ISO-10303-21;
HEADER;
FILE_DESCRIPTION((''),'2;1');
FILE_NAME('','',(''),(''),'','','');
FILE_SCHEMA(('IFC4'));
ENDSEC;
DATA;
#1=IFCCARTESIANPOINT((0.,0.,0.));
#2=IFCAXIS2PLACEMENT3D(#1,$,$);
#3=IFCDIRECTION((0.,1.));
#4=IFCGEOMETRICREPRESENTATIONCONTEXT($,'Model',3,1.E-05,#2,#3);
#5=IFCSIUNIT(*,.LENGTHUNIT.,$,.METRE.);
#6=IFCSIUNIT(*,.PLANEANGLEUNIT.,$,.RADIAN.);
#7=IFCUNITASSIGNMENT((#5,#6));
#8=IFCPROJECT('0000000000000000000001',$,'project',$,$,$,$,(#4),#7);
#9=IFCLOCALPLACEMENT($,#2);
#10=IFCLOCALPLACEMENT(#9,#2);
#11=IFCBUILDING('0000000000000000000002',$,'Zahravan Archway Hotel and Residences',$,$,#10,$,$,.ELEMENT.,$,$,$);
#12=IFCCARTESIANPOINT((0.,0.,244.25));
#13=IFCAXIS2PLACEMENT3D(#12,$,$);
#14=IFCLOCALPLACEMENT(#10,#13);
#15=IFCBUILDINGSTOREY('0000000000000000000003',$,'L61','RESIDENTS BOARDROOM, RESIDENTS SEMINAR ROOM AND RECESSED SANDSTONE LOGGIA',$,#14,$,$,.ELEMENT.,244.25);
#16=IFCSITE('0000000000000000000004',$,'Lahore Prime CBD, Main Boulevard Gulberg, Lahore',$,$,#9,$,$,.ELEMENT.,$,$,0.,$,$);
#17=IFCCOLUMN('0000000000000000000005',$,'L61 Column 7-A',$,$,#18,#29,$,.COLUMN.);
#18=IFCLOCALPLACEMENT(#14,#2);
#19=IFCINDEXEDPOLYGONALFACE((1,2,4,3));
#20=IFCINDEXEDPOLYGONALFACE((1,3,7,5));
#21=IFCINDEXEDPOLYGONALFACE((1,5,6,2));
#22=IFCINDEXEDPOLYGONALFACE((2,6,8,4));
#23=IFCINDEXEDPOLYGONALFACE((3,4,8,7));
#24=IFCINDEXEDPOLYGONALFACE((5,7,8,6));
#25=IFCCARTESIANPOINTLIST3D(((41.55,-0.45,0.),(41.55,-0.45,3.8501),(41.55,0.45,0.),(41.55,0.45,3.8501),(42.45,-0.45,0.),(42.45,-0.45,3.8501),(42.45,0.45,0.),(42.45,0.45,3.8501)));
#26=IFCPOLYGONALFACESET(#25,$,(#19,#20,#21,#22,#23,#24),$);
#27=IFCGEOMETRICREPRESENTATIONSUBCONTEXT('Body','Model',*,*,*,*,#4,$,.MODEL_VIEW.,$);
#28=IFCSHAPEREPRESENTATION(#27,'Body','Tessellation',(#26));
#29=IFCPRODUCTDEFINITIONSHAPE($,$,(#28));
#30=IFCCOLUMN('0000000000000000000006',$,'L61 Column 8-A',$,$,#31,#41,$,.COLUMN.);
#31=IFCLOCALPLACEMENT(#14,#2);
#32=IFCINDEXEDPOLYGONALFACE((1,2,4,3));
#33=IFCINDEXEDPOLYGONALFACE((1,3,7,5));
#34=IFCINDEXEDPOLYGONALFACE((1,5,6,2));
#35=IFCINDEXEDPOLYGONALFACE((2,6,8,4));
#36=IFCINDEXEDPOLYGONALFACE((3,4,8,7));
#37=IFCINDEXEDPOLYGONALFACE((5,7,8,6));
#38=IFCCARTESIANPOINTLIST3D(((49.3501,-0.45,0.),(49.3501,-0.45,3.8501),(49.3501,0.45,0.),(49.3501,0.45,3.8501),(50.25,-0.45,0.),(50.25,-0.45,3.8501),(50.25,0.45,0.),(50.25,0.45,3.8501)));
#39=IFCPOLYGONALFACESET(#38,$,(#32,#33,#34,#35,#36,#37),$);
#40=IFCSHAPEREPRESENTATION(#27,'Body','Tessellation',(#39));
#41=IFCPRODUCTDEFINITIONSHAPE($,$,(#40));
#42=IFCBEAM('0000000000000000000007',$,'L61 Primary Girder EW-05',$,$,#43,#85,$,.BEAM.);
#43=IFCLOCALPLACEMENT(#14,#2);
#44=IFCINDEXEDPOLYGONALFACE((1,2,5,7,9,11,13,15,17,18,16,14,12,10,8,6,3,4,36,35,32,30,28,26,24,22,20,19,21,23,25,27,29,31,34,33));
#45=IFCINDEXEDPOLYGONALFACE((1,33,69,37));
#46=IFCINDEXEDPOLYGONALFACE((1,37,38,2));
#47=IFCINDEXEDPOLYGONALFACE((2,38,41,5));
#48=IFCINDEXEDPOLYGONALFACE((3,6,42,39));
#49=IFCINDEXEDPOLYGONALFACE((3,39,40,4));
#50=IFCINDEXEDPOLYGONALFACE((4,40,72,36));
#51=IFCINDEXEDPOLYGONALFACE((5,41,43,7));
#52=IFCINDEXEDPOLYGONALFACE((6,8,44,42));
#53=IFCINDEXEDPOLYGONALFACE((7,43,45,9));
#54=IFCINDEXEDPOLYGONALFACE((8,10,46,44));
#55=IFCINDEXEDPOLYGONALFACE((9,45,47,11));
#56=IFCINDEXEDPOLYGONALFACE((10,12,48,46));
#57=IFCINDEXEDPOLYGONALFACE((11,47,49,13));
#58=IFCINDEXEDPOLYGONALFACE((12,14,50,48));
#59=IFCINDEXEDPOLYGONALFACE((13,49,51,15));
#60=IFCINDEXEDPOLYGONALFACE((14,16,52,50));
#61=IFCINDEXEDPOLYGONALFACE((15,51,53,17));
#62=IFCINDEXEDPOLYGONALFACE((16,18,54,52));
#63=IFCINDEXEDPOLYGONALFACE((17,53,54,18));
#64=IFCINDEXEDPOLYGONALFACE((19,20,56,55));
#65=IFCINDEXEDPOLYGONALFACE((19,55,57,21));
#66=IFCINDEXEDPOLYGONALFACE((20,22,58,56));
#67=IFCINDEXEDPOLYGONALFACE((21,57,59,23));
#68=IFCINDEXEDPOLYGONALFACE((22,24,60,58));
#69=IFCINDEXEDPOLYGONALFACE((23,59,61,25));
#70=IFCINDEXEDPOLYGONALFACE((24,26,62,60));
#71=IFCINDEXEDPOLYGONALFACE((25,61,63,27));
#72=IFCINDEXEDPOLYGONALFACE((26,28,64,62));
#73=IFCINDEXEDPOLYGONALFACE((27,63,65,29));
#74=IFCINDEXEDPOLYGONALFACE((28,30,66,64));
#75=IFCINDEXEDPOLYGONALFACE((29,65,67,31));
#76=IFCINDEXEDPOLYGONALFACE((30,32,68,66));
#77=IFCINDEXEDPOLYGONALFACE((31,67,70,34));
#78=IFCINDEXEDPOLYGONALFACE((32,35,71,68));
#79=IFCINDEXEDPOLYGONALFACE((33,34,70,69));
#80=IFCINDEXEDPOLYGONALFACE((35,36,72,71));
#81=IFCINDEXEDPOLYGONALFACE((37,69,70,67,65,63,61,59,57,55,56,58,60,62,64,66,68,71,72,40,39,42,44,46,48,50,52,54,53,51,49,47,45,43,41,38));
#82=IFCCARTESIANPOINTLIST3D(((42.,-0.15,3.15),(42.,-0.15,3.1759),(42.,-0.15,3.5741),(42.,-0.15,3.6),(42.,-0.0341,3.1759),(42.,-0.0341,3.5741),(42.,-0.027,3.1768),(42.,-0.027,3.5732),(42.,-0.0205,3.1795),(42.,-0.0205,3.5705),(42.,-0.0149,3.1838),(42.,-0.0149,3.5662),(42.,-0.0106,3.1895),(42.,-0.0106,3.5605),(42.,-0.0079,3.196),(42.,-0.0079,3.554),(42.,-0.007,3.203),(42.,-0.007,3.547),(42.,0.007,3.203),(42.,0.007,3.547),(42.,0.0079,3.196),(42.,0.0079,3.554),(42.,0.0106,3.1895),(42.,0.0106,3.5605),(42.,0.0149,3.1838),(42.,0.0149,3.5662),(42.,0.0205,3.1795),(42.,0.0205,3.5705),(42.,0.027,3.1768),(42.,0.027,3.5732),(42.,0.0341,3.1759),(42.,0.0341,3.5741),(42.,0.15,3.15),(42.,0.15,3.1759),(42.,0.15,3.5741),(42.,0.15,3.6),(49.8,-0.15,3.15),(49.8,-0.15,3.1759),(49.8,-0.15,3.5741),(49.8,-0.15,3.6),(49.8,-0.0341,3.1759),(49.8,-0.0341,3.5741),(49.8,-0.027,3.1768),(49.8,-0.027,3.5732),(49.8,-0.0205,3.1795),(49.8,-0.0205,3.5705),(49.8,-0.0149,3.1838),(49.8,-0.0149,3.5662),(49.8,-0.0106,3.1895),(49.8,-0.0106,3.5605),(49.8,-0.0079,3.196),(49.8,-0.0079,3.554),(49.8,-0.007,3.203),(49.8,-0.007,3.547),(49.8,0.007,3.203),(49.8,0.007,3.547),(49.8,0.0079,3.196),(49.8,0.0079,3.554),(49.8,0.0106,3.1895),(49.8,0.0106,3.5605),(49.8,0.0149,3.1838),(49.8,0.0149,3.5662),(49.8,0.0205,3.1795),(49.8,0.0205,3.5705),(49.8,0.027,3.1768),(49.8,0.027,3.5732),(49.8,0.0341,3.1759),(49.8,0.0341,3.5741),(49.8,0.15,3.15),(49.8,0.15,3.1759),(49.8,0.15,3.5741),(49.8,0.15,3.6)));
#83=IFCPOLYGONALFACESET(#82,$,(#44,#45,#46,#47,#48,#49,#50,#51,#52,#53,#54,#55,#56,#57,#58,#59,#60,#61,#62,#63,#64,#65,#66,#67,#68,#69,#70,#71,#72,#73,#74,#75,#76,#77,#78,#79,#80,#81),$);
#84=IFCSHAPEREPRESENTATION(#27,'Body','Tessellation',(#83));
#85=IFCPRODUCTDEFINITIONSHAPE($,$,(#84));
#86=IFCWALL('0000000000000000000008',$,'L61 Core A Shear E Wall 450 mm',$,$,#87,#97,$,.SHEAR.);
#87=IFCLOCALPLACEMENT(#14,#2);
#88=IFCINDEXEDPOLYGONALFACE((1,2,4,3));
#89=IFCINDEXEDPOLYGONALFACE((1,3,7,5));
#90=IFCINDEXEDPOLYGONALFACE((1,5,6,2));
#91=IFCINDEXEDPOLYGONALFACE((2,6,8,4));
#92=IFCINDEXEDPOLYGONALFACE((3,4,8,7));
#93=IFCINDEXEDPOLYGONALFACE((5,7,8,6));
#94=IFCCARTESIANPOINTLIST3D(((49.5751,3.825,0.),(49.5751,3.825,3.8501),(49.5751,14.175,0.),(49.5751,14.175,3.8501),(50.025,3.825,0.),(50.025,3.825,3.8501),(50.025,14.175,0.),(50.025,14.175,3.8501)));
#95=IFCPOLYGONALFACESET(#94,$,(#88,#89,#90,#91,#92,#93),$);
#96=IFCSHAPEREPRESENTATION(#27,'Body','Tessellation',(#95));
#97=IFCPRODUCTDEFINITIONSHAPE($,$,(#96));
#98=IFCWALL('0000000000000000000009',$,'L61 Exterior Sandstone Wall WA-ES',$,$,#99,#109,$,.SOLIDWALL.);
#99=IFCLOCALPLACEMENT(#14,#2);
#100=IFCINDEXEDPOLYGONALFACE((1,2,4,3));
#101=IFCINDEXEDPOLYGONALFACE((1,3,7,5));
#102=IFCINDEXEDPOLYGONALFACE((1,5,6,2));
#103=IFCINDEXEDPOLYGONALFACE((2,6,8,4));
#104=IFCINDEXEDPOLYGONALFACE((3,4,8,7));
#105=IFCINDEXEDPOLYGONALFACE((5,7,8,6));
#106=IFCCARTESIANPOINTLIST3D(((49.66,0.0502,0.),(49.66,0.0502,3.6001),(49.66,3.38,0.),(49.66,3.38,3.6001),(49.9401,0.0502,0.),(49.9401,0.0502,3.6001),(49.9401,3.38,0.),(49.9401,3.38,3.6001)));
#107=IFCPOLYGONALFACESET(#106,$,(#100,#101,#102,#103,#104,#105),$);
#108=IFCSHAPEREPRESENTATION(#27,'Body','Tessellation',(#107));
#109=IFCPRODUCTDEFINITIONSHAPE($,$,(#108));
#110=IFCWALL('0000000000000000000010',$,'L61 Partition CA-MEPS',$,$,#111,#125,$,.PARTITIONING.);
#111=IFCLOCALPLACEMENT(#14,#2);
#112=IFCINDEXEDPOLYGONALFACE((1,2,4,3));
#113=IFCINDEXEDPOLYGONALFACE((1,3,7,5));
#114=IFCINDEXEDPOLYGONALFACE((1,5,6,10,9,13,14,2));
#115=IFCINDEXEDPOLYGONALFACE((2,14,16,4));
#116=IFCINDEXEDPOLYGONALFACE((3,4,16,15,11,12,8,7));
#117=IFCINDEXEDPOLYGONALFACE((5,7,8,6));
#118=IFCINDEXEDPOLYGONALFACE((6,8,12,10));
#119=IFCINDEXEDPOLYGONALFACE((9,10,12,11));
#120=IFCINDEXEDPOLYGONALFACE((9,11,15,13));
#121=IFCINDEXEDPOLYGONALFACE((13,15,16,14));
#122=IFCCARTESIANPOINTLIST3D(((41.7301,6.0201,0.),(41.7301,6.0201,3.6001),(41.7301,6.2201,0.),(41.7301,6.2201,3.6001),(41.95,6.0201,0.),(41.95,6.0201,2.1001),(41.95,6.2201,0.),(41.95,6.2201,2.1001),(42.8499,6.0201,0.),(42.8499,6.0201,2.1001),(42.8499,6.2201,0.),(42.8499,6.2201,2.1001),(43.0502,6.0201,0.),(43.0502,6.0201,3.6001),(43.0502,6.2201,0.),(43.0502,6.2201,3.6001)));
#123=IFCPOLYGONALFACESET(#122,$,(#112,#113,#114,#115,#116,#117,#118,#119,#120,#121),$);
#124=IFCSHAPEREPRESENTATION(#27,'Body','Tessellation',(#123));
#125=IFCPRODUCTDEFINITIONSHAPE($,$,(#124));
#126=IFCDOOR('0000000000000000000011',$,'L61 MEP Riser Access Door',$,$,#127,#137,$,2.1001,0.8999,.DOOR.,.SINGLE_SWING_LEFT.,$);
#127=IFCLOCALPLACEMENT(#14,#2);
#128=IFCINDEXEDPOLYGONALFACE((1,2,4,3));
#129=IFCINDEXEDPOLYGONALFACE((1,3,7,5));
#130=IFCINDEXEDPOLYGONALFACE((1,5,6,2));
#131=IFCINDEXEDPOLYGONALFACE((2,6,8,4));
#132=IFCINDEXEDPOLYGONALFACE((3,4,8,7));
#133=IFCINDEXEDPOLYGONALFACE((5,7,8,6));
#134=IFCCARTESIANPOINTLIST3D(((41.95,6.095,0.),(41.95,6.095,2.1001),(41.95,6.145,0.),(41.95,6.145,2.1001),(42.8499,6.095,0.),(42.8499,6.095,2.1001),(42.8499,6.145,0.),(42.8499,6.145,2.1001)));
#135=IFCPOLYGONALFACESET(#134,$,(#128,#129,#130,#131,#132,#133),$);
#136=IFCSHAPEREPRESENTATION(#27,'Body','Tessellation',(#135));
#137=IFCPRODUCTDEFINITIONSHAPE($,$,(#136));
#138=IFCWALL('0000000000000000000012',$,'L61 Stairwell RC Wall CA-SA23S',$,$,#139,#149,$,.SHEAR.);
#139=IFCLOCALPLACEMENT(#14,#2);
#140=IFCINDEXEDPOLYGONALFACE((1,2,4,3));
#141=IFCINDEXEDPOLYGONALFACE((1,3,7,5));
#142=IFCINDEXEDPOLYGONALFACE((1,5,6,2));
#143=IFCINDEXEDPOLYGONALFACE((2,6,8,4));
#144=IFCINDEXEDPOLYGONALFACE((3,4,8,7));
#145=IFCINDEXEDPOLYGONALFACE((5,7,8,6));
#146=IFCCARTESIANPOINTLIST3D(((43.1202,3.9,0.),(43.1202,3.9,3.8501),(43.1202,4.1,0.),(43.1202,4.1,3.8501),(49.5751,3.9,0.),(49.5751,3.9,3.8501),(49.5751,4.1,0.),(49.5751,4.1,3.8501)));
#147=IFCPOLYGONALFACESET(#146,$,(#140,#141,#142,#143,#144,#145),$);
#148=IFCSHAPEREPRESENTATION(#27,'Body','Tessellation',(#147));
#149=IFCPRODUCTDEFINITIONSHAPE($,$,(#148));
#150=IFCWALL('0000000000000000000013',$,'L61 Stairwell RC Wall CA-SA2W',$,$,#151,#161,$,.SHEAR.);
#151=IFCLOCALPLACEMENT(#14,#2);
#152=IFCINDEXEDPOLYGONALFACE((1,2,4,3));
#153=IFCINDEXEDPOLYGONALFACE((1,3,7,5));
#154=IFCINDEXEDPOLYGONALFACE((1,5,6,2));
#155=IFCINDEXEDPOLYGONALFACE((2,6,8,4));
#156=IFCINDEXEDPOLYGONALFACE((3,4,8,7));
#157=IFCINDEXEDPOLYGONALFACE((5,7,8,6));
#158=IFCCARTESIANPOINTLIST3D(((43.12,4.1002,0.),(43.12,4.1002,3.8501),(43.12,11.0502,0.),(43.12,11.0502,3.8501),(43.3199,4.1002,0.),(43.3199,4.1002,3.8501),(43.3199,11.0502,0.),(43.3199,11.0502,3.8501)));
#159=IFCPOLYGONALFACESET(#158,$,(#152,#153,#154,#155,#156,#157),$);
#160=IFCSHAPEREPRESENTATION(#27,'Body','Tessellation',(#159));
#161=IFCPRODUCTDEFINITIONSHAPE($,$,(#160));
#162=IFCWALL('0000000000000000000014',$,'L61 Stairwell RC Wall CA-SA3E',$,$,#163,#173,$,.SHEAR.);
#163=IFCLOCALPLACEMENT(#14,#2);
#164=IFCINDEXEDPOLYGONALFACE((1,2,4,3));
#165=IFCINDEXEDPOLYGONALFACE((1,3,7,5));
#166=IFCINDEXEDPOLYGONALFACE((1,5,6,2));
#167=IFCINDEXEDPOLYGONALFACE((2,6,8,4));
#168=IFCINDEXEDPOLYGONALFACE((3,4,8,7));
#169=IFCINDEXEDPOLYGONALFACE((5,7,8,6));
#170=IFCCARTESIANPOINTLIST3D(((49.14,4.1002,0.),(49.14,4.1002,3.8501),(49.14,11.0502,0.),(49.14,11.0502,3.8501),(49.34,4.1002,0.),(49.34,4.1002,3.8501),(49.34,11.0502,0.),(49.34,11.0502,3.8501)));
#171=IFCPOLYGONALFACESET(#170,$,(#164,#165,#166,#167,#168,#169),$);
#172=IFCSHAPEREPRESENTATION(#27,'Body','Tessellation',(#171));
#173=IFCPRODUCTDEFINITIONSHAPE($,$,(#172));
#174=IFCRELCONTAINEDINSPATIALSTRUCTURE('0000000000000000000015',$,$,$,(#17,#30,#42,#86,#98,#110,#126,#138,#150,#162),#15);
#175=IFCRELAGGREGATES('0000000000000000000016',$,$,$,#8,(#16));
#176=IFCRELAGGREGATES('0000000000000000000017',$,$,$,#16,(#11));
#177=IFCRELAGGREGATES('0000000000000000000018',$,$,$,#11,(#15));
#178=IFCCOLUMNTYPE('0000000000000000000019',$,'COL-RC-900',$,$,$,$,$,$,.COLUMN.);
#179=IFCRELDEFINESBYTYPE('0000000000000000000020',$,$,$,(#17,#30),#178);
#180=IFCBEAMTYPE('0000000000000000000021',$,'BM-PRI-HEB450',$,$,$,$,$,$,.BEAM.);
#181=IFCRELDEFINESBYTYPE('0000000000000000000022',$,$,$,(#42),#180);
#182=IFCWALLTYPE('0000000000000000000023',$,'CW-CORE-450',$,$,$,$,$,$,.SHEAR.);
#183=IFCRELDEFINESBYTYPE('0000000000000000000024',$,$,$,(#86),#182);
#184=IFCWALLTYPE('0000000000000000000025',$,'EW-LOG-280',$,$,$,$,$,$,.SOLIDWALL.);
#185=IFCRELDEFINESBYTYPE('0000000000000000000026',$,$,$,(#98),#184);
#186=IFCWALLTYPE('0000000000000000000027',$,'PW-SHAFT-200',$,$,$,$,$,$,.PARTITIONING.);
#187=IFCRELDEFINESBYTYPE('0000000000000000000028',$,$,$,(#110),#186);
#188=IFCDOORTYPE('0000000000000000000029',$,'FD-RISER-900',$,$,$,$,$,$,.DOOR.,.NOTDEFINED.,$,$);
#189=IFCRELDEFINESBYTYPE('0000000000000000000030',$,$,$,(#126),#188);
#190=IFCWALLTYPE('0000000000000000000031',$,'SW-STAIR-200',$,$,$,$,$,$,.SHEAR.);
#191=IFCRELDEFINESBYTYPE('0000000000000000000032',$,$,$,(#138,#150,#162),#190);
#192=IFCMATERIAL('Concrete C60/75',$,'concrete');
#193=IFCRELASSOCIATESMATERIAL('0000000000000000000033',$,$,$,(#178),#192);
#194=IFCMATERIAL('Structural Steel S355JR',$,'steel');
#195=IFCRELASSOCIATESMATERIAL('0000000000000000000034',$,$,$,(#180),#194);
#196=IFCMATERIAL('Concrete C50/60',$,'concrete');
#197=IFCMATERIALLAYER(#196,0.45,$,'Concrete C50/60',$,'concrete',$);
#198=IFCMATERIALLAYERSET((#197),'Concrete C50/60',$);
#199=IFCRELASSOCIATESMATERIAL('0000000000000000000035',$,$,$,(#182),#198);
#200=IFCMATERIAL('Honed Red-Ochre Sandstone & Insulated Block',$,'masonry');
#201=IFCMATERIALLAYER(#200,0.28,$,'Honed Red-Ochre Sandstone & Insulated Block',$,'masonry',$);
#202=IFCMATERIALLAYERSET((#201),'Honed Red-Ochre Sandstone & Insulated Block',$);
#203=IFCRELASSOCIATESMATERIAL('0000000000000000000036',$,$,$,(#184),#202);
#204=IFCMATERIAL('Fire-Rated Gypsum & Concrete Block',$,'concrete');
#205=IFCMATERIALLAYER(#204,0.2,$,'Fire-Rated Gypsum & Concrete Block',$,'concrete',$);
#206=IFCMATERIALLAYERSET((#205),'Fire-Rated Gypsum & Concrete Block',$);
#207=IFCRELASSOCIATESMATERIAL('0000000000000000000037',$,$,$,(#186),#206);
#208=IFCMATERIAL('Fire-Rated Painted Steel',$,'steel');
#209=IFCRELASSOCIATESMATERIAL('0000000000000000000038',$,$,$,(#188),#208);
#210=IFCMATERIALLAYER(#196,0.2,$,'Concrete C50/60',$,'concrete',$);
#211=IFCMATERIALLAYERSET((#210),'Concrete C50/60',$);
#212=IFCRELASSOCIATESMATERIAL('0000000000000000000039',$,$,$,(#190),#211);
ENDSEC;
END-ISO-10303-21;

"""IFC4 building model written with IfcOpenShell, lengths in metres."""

from ifc_helpers import new_model, si_unit, direction, frame, frame_2d, origin, origin_2d, place, context, subcontext, project, spatial, rectangle, i_section, extrude, source, transform, mapped, material, layer, layer_set, material_profile, profile_set, type_object, type_shapes, element, fill, save


model = new_model("IFC4")

# Units and contexts
model_context = context("Model", 3, precision=1e-05, world=origin(), true_north=direction((0.0, 1.0)))
body_context = subcontext(model_context, "Body", "Model", "MODEL_VIEW")
ifc_project = project(units=[si_unit("LENGTHUNIT", "METRE"), si_unit("PLANEANGLEUNIT", "RADIAN")], contexts=[model_context])

# Site, building, storey
site_placement = place(None, origin())
site = spatial("IfcSite", under=ifc_project, at=site_placement, Name="Lahore Prime CBD, Main Boulevard Gulberg, Lahore", CompositionType="ELEMENT", RefElevation=0.0)
building_placement = place(site_placement, origin())
building = spatial("IfcBuilding", under=site, at=building_placement, Name="Zahravan Archway Hotel and Residences", CompositionType="ELEMENT")
storey_placement = place(building_placement, frame((0.0, 0.0, 244.25)))
storey = spatial("IfcBuildingStorey", under=building, at=storey_placement, Name="L61", Description="RESIDENTS BOARDROOM, RESIDENTS SEMINAR ROOM AND RECESSED SANDSTONE LOGGIA", CompositionType="ELEMENT", Elevation=244.25)

# Columns
ifc_material_1 = material(Name="Concrete C60/75", Category="concrete")
ifc_material_profile_1 = material_profile(ifc_material_1, rectangle(XDim=0.8999, YDim=0.8999, at=origin_2d()), Name="RC-COL-900x900", Category="concrete")
ifc_profile_set_1 = profile_set([ifc_material_profile_1], Name="Concrete C60/75")
column_type = type_object("IfcColumnType", Name="COL-RC-900", PredefinedType="COLUMN", material=ifc_profile_set_1)
shared_shape_1 = source(origin(), body_context, "Body", "SweptSolid", [
    extrude(rectangle(XDim=0.8999, YDim=0.8999, at=origin_2d()), origin(), (0.0, 0.0, 1.0), 3.8501),
])
type_shapes(column_type, [shared_shape_1])
for number, where, z_axis, x_axis, name in (
    (1, (42.0, 0.0, 0.0), (0.0, 0.0, 1.0), (1.0, 0.0, 0.0), "L61 Column 7-A"),
    (2, (49.8, 0.0, 0.0), (0.0, 0.0, 1.0), (1.0, 0.0, 0.0), "L61 Column 8-A"),
):
    element("IfcColumn", number, at=place(storey_placement, frame(where, z_axis=z_axis, x_axis=x_axis)), inside=storey, type_object=column_type, Name=name, PredefinedType="COLUMN", context=body_context, shape_type="MappedRepresentation", body=[
        mapped(shared_shape_1, transform((0.0, 0.0, 0.0), scale=1.0)),
    ])

# Beam
ifc_material_2 = material(Name="Structural Steel S355JR", Category="steel")
ifc_material_profile_2 = material_profile(ifc_material_2, i_section(OverallWidth=0.3, OverallDepth=0.45, WebThickness=0.0139, FlangeThickness=0.0259, FilletRadius=0.0271, at=origin_2d()), Name="HEB 450", Category="steel")
ifc_profile_set_2 = profile_set([ifc_material_profile_2], Name="Structural Steel S355JR")
beam_type = type_object("IfcBeamType", Name="BM-PRI-HEB450", PredefinedType="BEAM", material=ifc_profile_set_2)
shared_shape_2 = source(origin(), body_context, "Body", "SweptSolid", [
    extrude(i_section(OverallWidth=0.3, OverallDepth=0.45, WebThickness=0.0139, FlangeThickness=0.0259, FilletRadius=0.0271, at=origin_2d()), origin(), (0.0, 0.0, 1.0), 7.8),
])
beam_placement = place(storey_placement, frame((42.0, 0.0, 3.375), z_axis=(1.0, 0.0, 0.0), x_axis=(0.0, 1.0, 0.0)))
element("IfcBeam", 3, at=beam_placement, inside=storey, type_object=beam_type, Name="L61 Primary Girder EW-05", PredefinedType="BEAM", context=body_context, shape_type="MappedRepresentation", body=[
    mapped(shared_shape_2, transform((0.0, 0.0, 0.0), scale=1.0)),
])

# Walls
ifc_material_3 = material(Name="Concrete C50/60", Category="concrete")
ifc_layer_1 = layer(ifc_material_3, 0.45, Name="Concrete C50/60", Category="concrete")
ifc_layer_set_1 = layer_set([ifc_layer_1], Name="Concrete C50/60")
wall_type_1 = type_object("IfcWallType", Name="CW-CORE-450", PredefinedType="SHEAR", material=ifc_layer_set_1)
wall_1_placement = place(storey_placement, frame((49.8, 3.825, 0.0), z_axis=(0.0, 0.0, 1.0), x_axis=(0.0, 1.0, 0.0)))
element("IfcWall", 4, at=wall_1_placement, inside=storey, type_object=wall_type_1, Name="L61 Core A Shear E Wall 450 mm", PredefinedType="SHEAR", context=body_context, shape_type="SweptSolid", body=[
    extrude(rectangle(XDim=10.3501, YDim=0.45, at=frame_2d((5.175, 0.0))), origin(), (0.0, 0.0, 1.0), 3.8501),
])
ifc_material_4 = material(Name="Honed Red-Ochre Sandstone & Insulated Block", Category="masonry")
ifc_layer_2 = layer(ifc_material_4, 0.28, Name="Honed Red-Ochre Sandstone & Insulated Block", Category="masonry")
ifc_layer_set_2 = layer_set([ifc_layer_2], Name="Honed Red-Ochre Sandstone & Insulated Block")
wall_type_2 = type_object("IfcWallType", Name="EW-LOG-280", PredefinedType="SOLIDWALL", material=ifc_layer_set_2)
wall_2_placement = place(storey_placement, frame((49.8, 0.05, 0.0), z_axis=(0.0, 0.0, 1.0), x_axis=(0.0, 1.0, 0.0)))
element("IfcWall", 5, at=wall_2_placement, inside=storey, type_object=wall_type_2, Name="L61 Exterior Sandstone Wall WA-ES", PredefinedType="SOLIDWALL", context=body_context, shape_type="SweptSolid", body=[
    extrude(rectangle(XDim=3.3298, YDim=0.28, at=frame_2d((1.665, 0.0))), origin(), (0.0, 0.0, 1.0), 3.6001),
])

# Wall, opening, door
ifc_material_5 = material(Name="Fire-Rated Gypsum & Concrete Block", Category="concrete")
ifc_layer_3 = layer(ifc_material_5, 0.2, Name="Fire-Rated Gypsum & Concrete Block", Category="concrete")
ifc_layer_set_3 = layer_set([ifc_layer_3], Name="Fire-Rated Gypsum & Concrete Block")
wall_type_3 = type_object("IfcWallType", Name="PW-SHAFT-200", PredefinedType="PARTITIONING", material=ifc_layer_set_3)
wall_3_placement = place(storey_placement, frame((41.73, 6.1201, 0.0), z_axis=(0.0, 0.0, 1.0), x_axis=(1.0, 0.0, 0.0)))
wall_3 = element("IfcWall", 6, at=wall_3_placement, inside=storey, type_object=wall_type_3, Name="L61 Partition CA-MEPS", PredefinedType="PARTITIONING", context=body_context, shape_type="SweptSolid", body=[
    extrude(rectangle(XDim=1.3201, YDim=0.2, at=frame_2d((0.6602, 0.0))), origin(), (0.0, 0.0, 1.0), 3.6001),
])
opening_placement = place(wall_3_placement, frame((0.22, 0.0, 0.0)))
opening = element("IfcOpeningElement", 7, at=opening_placement, cuts=wall_3, PredefinedType="OPENING", context=body_context, shape_type="SweptSolid", body=[
    extrude(rectangle(XDim=0.8999, YDim=2.1001, at=frame_2d((0.45, 1.05))), frame((0.0, 0.1099, 0.0), z_axis=(0.0, -1.0, 0.0), x_axis=(1.0, 0.0, 0.0)), (0.0, 0.0, 1.0), 0.22),
])
ifc_material_6 = material(Name="Fire-Rated Painted Steel", Category="steel")
door_type = type_object("IfcDoorType", Name="FD-RISER-900", OperationType="NOTDEFINED", PredefinedType="DOOR", material=ifc_material_6)
shared_shape_3 = source(origin(), body_context, "Body", "SweptSolid", [
    extrude(rectangle(XDim=0.8999, YDim=2.1001, at=frame_2d((0.45, 1.05))), frame((0.0, 0.0249, 0.0), z_axis=(0.0, -1.0, 0.0), x_axis=(1.0, 0.0, 0.0)), (0.0, 0.0, 1.0), 0.05),
])
type_shapes(door_type, [shared_shape_3])
door_placement = place(opening_placement, origin())
door = element("IfcDoor", 8, at=door_placement, inside=storey, type_object=door_type, Name="L61 MEP Riser Access Door", OperationType="SINGLE_SWING_LEFT", OverallHeight=2.1001, OverallWidth=0.8999, PredefinedType="DOOR", context=body_context, shape_type="MappedRepresentation", body=[
    mapped(shared_shape_3, transform((0.0, 0.0, 0.0), scale=1.0)),
])
fill(opening, door)

# Walls
ifc_layer_4 = layer(ifc_material_3, 0.2, Name="Concrete C50/60", Category="concrete")
ifc_layer_set_4 = layer_set([ifc_layer_4], Name="Concrete C50/60")
wall_type_4 = type_object("IfcWallType", Name="SW-STAIR-200", PredefinedType="SHEAR", material=ifc_layer_set_4)
wall_4_placement = place(storey_placement, frame((43.1201, 4.0, 0.0), z_axis=(0.0, 0.0, 1.0), x_axis=(1.0, 0.0, 0.0)))
element("IfcWall", 9, at=wall_4_placement, inside=storey, type_object=wall_type_4, Name="L61 Stairwell RC Wall CA-SA23S", PredefinedType="SHEAR", context=body_context, shape_type="SweptSolid", body=[
    extrude(rectangle(XDim=6.4548, YDim=0.2, at=frame_2d((3.2275, 0.0))), origin(), (0.0, 0.0, 1.0), 3.8501),
])
for number, where, z_axis, x_axis, name in (
    (10, (43.22, 4.1001, 0.0), (0.0, 0.0, 1.0), (0.0, 1.0, 0.0), "L61 Stairwell RC Wall CA-SA2W"),
    (11, (49.24, 4.1001, 0.0), (0.0, 0.0, 1.0), (0.0, 1.0, 0.0), "L61 Stairwell RC Wall CA-SA3E"),
):
    element("IfcWall", number, at=place(storey_placement, frame(where, z_axis=z_axis, x_axis=x_axis)), inside=storey, type_object=wall_type_4, Name=name, PredefinedType="SHEAR", context=body_context, shape_type="SweptSolid", body=[
        extrude(rectangle(XDim=6.95, YDim=0.2, at=frame_2d((3.4751, 0.0))), origin(), (0.0, 0.0, 1.0), 3.8501),
    ])

save(model, "model.ifc")
